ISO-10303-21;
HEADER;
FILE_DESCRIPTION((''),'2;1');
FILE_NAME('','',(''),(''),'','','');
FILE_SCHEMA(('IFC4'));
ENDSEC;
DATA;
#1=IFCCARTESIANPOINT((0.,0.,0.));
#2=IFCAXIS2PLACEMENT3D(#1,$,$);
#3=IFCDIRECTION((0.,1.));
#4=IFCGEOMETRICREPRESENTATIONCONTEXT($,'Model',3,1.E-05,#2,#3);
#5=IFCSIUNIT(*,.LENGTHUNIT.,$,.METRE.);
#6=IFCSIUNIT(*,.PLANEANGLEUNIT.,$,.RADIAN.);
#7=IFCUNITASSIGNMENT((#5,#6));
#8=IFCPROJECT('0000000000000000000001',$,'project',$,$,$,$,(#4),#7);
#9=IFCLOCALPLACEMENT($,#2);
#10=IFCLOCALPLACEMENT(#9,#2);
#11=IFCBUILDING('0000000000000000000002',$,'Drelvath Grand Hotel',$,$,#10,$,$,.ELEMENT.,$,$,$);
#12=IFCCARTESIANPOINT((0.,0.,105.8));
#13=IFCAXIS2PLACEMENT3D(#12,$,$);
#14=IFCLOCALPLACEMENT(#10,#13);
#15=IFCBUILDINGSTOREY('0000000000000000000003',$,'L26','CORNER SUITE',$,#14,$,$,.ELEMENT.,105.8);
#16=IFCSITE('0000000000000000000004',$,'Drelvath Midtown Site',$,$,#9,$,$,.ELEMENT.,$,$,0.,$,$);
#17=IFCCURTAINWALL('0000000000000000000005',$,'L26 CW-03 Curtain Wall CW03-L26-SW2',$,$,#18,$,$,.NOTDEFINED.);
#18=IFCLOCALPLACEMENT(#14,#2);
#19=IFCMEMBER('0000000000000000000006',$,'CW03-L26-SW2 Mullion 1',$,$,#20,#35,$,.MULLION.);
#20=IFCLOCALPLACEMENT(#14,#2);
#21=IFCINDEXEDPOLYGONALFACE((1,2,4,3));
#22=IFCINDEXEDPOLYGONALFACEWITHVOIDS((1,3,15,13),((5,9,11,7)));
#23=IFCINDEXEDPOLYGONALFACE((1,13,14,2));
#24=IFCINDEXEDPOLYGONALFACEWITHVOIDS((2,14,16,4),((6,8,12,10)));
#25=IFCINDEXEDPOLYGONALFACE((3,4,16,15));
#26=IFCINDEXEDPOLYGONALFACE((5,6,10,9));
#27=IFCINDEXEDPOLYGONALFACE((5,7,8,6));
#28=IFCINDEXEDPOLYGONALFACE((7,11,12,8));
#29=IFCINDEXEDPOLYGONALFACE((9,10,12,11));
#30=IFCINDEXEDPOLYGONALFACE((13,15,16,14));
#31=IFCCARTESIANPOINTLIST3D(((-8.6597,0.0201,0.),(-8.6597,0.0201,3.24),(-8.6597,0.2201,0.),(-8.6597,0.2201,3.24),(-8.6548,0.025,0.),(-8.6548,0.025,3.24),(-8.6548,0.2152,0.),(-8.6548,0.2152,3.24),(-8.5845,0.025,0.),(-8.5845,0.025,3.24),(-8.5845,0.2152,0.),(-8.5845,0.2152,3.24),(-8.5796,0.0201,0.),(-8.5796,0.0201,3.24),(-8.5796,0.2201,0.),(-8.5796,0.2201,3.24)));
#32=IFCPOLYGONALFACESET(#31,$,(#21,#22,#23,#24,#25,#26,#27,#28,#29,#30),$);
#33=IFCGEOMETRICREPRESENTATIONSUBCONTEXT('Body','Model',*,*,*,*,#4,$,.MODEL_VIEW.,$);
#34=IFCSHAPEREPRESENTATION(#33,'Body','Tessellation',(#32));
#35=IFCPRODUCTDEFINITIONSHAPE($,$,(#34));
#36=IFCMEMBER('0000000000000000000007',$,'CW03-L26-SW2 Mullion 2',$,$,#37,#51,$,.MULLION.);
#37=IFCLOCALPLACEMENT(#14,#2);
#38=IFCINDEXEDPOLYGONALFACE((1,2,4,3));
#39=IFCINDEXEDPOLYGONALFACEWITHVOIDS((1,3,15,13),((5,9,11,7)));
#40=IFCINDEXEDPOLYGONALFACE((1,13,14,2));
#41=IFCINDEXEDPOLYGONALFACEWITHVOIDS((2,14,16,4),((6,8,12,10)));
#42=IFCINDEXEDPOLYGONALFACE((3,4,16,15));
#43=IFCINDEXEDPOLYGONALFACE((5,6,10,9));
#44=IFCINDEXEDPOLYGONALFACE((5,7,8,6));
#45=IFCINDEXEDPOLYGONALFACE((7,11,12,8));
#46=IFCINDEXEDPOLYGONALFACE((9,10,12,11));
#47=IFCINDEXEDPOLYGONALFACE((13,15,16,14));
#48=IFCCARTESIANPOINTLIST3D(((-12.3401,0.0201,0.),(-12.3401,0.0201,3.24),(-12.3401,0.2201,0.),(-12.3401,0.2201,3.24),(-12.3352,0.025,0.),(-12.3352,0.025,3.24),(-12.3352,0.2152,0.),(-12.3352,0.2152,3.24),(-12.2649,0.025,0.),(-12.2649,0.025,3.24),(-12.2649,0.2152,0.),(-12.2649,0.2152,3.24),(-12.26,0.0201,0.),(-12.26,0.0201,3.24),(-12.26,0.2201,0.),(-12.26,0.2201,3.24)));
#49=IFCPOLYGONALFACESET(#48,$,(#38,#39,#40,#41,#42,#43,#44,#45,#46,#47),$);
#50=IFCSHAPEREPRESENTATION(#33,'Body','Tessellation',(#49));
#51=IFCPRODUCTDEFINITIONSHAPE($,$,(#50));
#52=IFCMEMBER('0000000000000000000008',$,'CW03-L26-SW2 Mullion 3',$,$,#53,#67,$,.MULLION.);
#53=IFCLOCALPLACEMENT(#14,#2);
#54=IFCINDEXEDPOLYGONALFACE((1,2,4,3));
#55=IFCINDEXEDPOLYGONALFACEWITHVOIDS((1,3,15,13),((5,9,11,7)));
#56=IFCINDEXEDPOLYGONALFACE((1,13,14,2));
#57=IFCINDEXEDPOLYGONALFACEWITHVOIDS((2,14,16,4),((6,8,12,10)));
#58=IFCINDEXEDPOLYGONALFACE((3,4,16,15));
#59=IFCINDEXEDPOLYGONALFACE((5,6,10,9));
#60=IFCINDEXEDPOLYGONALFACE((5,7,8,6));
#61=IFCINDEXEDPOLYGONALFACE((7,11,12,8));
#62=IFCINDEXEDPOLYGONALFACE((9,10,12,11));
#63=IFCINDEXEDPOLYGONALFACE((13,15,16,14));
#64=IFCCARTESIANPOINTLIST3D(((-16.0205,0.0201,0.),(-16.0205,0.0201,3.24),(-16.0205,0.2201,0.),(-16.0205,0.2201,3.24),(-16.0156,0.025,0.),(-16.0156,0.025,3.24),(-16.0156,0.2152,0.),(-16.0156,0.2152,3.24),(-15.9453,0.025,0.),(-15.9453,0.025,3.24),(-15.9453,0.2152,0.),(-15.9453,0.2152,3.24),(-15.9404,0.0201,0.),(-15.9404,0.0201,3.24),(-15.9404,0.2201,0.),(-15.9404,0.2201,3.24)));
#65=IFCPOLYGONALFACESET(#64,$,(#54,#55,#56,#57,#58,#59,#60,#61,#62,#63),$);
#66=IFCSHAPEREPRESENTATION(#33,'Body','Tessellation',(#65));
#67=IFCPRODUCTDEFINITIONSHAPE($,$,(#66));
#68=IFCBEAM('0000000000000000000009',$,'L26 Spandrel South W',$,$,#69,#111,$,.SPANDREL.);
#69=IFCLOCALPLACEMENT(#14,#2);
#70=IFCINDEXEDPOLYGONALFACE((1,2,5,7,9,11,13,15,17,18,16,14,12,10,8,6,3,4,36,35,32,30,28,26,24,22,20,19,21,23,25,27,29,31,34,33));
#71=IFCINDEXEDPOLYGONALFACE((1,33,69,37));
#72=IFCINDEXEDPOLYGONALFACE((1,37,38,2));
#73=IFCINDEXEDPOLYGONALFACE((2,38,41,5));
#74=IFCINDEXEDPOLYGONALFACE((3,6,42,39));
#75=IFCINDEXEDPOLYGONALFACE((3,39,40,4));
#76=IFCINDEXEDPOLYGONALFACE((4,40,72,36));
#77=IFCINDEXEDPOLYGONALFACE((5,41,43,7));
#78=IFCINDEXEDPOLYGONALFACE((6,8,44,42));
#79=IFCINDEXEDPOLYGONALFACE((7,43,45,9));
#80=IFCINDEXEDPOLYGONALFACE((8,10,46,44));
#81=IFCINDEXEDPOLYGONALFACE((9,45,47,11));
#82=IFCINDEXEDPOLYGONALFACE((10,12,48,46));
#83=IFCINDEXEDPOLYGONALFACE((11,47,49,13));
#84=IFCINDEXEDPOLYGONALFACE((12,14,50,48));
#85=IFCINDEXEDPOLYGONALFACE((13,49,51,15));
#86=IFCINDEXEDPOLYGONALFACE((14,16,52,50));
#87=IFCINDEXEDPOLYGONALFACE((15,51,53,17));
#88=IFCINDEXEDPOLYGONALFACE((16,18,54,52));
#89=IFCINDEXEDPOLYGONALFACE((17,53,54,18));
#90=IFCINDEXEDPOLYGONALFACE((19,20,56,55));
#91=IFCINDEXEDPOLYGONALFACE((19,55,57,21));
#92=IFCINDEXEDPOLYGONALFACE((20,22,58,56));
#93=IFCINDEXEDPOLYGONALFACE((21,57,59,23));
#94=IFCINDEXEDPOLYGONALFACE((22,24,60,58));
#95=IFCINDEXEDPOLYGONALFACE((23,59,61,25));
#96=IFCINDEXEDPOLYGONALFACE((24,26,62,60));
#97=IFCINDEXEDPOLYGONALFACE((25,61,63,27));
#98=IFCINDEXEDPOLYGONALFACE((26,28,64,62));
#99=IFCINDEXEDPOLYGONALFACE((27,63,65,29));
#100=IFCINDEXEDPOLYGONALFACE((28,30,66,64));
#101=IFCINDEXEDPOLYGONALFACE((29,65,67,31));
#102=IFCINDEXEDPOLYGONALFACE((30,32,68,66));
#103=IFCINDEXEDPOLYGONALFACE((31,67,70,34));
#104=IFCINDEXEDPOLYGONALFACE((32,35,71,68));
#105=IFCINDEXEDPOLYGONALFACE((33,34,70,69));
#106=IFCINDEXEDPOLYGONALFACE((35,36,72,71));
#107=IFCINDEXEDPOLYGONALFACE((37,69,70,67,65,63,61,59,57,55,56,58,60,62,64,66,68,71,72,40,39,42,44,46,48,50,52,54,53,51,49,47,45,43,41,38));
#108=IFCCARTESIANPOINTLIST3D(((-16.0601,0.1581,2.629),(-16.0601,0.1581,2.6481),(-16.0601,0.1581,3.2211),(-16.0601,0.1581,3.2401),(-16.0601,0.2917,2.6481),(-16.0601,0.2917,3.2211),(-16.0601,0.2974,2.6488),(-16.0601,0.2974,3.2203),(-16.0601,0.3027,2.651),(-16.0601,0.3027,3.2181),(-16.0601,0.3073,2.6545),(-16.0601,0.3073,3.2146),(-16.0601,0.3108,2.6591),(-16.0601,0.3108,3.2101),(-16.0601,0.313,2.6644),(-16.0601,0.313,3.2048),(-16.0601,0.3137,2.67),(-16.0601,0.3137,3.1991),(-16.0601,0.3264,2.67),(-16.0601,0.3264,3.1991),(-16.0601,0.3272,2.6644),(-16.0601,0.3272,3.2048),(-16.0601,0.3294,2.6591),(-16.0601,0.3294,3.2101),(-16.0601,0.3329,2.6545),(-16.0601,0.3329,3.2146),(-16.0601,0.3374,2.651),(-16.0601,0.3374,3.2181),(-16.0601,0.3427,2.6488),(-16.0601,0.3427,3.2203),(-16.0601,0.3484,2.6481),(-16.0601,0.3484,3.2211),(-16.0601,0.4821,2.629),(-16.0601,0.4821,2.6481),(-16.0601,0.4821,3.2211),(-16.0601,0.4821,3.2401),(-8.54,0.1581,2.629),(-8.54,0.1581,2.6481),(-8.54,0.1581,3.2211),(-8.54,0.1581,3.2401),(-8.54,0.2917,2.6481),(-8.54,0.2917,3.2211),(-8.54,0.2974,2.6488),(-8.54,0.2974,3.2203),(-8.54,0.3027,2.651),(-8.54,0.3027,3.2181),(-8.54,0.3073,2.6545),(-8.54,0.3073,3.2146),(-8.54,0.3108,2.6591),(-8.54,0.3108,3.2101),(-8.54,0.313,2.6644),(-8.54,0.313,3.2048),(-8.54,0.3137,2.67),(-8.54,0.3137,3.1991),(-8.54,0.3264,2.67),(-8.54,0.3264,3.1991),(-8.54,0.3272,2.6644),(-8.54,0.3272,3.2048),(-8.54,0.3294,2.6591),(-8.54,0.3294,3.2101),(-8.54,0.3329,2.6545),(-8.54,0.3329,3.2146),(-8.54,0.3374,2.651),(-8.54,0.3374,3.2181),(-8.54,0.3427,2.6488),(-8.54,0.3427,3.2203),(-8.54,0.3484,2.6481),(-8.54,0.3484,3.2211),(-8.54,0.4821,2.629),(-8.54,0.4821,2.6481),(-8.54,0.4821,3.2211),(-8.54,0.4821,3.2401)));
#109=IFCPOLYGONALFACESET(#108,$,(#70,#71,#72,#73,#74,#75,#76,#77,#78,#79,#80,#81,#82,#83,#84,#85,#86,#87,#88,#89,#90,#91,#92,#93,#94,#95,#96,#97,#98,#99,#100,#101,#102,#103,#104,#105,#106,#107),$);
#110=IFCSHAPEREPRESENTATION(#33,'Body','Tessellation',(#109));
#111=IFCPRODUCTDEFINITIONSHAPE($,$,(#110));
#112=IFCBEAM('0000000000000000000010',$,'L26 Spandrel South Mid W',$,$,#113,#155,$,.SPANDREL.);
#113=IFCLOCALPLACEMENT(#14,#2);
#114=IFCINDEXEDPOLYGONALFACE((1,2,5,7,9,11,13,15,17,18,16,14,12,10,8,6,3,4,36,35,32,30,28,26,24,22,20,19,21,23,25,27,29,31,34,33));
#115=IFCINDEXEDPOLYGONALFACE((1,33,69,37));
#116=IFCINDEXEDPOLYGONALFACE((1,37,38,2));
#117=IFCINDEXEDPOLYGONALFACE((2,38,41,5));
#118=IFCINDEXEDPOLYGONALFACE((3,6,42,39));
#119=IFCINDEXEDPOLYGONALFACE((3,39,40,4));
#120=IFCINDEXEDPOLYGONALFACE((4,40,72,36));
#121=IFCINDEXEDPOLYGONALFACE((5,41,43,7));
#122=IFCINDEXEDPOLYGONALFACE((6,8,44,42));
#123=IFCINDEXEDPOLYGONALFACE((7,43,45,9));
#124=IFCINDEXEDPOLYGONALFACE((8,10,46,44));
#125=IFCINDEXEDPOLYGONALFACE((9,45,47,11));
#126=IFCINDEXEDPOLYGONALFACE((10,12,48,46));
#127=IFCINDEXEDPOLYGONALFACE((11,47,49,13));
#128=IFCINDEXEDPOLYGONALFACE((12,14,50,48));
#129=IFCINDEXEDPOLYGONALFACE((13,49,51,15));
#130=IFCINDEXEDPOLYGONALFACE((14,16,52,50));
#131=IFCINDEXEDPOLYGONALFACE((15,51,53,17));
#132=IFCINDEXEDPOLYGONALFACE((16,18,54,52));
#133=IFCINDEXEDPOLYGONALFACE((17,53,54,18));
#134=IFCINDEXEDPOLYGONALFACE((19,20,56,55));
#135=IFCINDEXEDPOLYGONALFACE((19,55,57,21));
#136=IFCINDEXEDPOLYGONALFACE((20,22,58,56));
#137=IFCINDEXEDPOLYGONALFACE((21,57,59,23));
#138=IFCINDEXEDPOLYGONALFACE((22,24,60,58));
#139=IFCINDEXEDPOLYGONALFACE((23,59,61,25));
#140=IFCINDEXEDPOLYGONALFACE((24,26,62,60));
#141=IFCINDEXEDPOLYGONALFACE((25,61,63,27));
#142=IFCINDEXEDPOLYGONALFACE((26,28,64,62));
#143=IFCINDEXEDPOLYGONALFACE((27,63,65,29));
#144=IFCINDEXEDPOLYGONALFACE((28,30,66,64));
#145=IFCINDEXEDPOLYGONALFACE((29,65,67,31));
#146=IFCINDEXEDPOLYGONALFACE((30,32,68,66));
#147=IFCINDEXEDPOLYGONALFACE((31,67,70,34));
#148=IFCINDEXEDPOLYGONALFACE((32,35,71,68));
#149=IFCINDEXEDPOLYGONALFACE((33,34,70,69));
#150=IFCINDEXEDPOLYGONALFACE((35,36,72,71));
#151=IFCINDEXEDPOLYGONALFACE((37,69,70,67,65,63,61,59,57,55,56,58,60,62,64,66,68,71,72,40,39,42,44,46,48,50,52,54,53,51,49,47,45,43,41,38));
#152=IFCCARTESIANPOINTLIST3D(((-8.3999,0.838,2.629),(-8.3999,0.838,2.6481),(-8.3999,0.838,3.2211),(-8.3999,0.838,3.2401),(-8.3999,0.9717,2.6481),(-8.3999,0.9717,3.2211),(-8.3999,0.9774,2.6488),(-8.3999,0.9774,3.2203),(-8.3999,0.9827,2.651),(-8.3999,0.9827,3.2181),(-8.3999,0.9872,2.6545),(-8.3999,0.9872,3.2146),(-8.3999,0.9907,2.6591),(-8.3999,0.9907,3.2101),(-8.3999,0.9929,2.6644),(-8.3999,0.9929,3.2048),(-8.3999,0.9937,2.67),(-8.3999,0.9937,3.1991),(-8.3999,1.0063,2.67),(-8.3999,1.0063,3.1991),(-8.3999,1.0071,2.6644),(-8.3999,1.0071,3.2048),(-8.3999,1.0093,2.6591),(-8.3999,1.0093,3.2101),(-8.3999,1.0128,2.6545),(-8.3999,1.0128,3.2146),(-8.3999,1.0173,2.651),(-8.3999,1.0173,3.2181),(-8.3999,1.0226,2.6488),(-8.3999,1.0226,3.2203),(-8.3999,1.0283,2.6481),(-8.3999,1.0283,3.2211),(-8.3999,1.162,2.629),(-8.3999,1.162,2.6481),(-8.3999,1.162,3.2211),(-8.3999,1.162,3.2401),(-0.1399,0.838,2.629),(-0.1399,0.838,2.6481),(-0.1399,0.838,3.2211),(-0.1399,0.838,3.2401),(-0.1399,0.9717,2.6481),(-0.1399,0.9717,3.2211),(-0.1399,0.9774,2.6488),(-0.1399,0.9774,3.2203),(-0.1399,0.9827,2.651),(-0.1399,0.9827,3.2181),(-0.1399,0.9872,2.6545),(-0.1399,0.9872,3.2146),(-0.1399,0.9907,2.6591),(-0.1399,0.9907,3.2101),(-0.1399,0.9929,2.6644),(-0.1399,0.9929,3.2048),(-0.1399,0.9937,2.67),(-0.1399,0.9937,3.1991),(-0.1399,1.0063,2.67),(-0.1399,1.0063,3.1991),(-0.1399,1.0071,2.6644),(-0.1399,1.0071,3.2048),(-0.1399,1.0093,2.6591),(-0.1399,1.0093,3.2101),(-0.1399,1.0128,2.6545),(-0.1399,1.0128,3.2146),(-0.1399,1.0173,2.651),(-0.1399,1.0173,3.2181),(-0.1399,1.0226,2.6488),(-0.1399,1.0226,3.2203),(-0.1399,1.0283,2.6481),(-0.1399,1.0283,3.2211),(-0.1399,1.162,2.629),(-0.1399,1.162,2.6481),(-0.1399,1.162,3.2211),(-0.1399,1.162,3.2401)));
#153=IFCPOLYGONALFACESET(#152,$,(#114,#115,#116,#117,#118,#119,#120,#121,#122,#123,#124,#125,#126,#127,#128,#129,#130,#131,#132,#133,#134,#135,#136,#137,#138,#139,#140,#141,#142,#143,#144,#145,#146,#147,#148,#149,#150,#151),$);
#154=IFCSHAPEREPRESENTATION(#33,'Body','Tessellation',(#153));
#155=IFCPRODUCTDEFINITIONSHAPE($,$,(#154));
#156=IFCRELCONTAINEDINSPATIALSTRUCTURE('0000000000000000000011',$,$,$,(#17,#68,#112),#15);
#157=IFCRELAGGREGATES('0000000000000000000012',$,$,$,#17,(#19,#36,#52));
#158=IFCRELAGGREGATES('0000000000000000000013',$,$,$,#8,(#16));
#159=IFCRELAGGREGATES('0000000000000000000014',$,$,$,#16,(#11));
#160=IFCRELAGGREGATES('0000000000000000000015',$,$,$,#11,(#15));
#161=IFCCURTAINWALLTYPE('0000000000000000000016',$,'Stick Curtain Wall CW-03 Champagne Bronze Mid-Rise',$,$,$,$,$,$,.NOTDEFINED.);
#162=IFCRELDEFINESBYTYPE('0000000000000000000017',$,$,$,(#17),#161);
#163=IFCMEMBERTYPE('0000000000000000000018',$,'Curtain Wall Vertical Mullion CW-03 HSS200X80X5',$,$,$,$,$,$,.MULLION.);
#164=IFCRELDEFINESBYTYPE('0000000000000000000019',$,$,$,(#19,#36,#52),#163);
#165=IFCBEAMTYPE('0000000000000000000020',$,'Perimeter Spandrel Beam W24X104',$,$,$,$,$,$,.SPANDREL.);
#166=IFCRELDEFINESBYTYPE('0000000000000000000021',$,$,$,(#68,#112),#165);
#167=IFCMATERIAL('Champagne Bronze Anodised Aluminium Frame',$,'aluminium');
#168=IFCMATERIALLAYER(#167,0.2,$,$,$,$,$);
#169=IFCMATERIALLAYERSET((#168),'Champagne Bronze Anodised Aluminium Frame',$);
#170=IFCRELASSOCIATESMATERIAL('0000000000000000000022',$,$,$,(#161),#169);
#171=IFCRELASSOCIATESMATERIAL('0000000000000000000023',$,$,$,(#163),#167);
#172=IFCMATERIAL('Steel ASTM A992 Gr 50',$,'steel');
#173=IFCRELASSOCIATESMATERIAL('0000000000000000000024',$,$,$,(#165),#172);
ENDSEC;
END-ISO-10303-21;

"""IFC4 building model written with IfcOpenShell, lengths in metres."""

from ifc_helpers import new_model, si_unit, direction, frame, origin, origin_2d, place, context, subcontext, project, spatial, hollow_rectangle, i_section, extrude, material, layer, layer_set, material_profile, profile_set, type_object, element, aggregate, save


model = new_model("IFC4")

# Units and contexts
model_context = context("Model", 3, precision=1e-05, world=origin(), true_north=direction((0.0, 1.0)))
body_context = subcontext(model_context, "Body", "Model", "MODEL_VIEW")
ifc_project = project(units=[si_unit("LENGTHUNIT", "METRE"), si_unit("PLANEANGLEUNIT", "RADIAN")], contexts=[model_context])

# Site, building, storey
site_placement = place(None, origin())
site = spatial("IfcSite", under=ifc_project, at=site_placement, Name="Drelvath Midtown Site", CompositionType="ELEMENT", RefElevation=0.0)
building_placement = place(site_placement, origin())
building = spatial("IfcBuilding", under=site, at=building_placement, Name="Drelvath Grand Hotel", CompositionType="ELEMENT")
storey_placement = place(building_placement, frame((0.0, 0.0, 105.8)))
storey = spatial("IfcBuildingStorey", under=building, at=storey_placement, Name="L26", Description="CORNER SUITE", CompositionType="ELEMENT", Elevation=105.8)

# Shared definitions
ifc_material_1 = material(Name="Steel ASTM A992 Gr 50", Category="steel")

# Curtain wall
ifc_material_2 = material(Name="Champagne Bronze Anodised Aluminium Frame", Category="aluminium")
ifc_layer_1 = layer(ifc_material_2, 0.2)
ifc_layer_set_1 = layer_set([ifc_layer_1], Name="Champagne Bronze Anodised Aluminium Frame")
curtain_wall_type = type_object("IfcCurtainWallType", Name="Stick Curtain Wall CW-03 Champagne Bronze Mid-Rise", PredefinedType="NOTDEFINED", material=ifc_layer_set_1)
curtain_wall_1_placement = place(storey_placement, origin())
curtain_wall_1 = element("IfcCurtainWall", 1, at=curtain_wall_1_placement, inside=storey, type_object=curtain_wall_type, Name="L26 CW-03 Curtain Wall CW03-L26-SW2", PredefinedType="NOTDEFINED")

# Members
ifc_material_profile_1 = material_profile(ifc_material_2, hollow_rectangle(XDim=0.0801, YDim=0.2, WallThickness=0.0049, at=origin_2d()), Name="HSS200X80X5")
ifc_profile_set_1 = profile_set([ifc_material_profile_1], Name="Champagne Bronze Anodised Aluminium Frame")
member_type_1 = type_object("IfcMemberType", Name="Curtain Wall Vertical Mullion CW-03 HSS200X80X5", PredefinedType="MULLION", material=ifc_profile_set_1)
member_1_placement = place(storey_placement, frame((-8.6196, 0.1201, 0.0), z_axis=(0.0, 0.0, 1.0), x_axis=(1.0, 0.0, 0.0)))
member_1 = element("IfcMember", 2, at=member_1_placement, type_object=member_type_1, Name="CW03-L26-SW2 Mullion 1", PredefinedType="MULLION", context=body_context, shape_type="SweptSolid", body=[
    extrude(hollow_rectangle(XDim=0.0801, YDim=0.2, WallThickness=0.0049, at=origin_2d()), origin(), (0.0, 0.0, 1.0), 3.24),
])
member_2_placement = place(storey_placement, frame((-12.3, 0.1201, 0.0), z_axis=(0.0, 0.0, 1.0), x_axis=(1.0, 0.0, 0.0)))
member_2 = element("IfcMember", 3, at=member_2_placement, type_object=member_type_1, Name="CW03-L26-SW2 Mullion 2", PredefinedType="MULLION", context=body_context, shape_type="SweptSolid", body=[
    extrude(hollow_rectangle(XDim=0.0801, YDim=0.2, WallThickness=0.0049, at=origin_2d()), origin(), (0.0, 0.0, 1.0), 3.24),
])
member_3_placement = place(storey_placement, frame((-15.9805, 0.1201, 0.0), z_axis=(0.0, 0.0, 1.0), x_axis=(1.0, 0.0, 0.0)))
member_3 = element("IfcMember", 4, at=member_3_placement, type_object=member_type_1, Name="CW03-L26-SW2 Mullion 3", PredefinedType="MULLION", context=body_context, shape_type="SweptSolid", body=[
    extrude(hollow_rectangle(XDim=0.0801, YDim=0.2, WallThickness=0.0049, at=origin_2d()), origin(), (0.0, 0.0, 1.0), 3.24),
])

# Beams
ifc_material_profile_2 = material_profile(ifc_material_1, i_section(OverallWidth=0.324, OverallDepth=0.6111, WebThickness=0.0127, FlangeThickness=0.019, FilletRadius=0.022, at=origin_2d()), Name="W24X104")
ifc_profile_set_2 = profile_set([ifc_material_profile_2], Name="Steel ASTM A992 Gr 50")
beam_type_1 = type_object("IfcBeamType", Name="Perimeter Spandrel Beam W24X104", PredefinedType="SPANDREL", material=ifc_profile_set_2)
beam_1_placement = place(storey_placement, frame((-16.0601, 0.3201, 2.9346), z_axis=(1.0, 0.0, 0.0), x_axis=(0.0, 1.0, 0.0)))
element("IfcBeam", 5, at=beam_1_placement, inside=storey, type_object=beam_type_1, Name="L26 Spandrel South W", PredefinedType="SPANDREL", context=body_context, shape_type="SweptSolid", body=[
    extrude(i_section(OverallWidth=0.324, OverallDepth=0.6111, WebThickness=0.0127, FlangeThickness=0.019, FilletRadius=0.022, at=origin_2d()), origin(), (0.0, 0.0, 1.0), 7.52),
])
beam_2_placement = place(storey_placement, frame((-8.3999, 1.0, 2.9346), z_axis=(1.0, 0.0, 0.0), x_axis=(0.0, 1.0, 0.0)))
element("IfcBeam", 6, at=beam_2_placement, inside=storey, type_object=beam_type_1, Name="L26 Spandrel South Mid W", PredefinedType="SPANDREL", context=body_context, shape_type="SweptSolid", body=[
    extrude(i_section(OverallWidth=0.324, OverallDepth=0.6111, WebThickness=0.0127, FlangeThickness=0.019, FilletRadius=0.022, at=origin_2d()), origin(), (0.0, 0.0, 1.0), 8.26),
])

aggregate(curtain_wall_1, [member_1, member_2, member_3])

save(model, "model.ifc")
